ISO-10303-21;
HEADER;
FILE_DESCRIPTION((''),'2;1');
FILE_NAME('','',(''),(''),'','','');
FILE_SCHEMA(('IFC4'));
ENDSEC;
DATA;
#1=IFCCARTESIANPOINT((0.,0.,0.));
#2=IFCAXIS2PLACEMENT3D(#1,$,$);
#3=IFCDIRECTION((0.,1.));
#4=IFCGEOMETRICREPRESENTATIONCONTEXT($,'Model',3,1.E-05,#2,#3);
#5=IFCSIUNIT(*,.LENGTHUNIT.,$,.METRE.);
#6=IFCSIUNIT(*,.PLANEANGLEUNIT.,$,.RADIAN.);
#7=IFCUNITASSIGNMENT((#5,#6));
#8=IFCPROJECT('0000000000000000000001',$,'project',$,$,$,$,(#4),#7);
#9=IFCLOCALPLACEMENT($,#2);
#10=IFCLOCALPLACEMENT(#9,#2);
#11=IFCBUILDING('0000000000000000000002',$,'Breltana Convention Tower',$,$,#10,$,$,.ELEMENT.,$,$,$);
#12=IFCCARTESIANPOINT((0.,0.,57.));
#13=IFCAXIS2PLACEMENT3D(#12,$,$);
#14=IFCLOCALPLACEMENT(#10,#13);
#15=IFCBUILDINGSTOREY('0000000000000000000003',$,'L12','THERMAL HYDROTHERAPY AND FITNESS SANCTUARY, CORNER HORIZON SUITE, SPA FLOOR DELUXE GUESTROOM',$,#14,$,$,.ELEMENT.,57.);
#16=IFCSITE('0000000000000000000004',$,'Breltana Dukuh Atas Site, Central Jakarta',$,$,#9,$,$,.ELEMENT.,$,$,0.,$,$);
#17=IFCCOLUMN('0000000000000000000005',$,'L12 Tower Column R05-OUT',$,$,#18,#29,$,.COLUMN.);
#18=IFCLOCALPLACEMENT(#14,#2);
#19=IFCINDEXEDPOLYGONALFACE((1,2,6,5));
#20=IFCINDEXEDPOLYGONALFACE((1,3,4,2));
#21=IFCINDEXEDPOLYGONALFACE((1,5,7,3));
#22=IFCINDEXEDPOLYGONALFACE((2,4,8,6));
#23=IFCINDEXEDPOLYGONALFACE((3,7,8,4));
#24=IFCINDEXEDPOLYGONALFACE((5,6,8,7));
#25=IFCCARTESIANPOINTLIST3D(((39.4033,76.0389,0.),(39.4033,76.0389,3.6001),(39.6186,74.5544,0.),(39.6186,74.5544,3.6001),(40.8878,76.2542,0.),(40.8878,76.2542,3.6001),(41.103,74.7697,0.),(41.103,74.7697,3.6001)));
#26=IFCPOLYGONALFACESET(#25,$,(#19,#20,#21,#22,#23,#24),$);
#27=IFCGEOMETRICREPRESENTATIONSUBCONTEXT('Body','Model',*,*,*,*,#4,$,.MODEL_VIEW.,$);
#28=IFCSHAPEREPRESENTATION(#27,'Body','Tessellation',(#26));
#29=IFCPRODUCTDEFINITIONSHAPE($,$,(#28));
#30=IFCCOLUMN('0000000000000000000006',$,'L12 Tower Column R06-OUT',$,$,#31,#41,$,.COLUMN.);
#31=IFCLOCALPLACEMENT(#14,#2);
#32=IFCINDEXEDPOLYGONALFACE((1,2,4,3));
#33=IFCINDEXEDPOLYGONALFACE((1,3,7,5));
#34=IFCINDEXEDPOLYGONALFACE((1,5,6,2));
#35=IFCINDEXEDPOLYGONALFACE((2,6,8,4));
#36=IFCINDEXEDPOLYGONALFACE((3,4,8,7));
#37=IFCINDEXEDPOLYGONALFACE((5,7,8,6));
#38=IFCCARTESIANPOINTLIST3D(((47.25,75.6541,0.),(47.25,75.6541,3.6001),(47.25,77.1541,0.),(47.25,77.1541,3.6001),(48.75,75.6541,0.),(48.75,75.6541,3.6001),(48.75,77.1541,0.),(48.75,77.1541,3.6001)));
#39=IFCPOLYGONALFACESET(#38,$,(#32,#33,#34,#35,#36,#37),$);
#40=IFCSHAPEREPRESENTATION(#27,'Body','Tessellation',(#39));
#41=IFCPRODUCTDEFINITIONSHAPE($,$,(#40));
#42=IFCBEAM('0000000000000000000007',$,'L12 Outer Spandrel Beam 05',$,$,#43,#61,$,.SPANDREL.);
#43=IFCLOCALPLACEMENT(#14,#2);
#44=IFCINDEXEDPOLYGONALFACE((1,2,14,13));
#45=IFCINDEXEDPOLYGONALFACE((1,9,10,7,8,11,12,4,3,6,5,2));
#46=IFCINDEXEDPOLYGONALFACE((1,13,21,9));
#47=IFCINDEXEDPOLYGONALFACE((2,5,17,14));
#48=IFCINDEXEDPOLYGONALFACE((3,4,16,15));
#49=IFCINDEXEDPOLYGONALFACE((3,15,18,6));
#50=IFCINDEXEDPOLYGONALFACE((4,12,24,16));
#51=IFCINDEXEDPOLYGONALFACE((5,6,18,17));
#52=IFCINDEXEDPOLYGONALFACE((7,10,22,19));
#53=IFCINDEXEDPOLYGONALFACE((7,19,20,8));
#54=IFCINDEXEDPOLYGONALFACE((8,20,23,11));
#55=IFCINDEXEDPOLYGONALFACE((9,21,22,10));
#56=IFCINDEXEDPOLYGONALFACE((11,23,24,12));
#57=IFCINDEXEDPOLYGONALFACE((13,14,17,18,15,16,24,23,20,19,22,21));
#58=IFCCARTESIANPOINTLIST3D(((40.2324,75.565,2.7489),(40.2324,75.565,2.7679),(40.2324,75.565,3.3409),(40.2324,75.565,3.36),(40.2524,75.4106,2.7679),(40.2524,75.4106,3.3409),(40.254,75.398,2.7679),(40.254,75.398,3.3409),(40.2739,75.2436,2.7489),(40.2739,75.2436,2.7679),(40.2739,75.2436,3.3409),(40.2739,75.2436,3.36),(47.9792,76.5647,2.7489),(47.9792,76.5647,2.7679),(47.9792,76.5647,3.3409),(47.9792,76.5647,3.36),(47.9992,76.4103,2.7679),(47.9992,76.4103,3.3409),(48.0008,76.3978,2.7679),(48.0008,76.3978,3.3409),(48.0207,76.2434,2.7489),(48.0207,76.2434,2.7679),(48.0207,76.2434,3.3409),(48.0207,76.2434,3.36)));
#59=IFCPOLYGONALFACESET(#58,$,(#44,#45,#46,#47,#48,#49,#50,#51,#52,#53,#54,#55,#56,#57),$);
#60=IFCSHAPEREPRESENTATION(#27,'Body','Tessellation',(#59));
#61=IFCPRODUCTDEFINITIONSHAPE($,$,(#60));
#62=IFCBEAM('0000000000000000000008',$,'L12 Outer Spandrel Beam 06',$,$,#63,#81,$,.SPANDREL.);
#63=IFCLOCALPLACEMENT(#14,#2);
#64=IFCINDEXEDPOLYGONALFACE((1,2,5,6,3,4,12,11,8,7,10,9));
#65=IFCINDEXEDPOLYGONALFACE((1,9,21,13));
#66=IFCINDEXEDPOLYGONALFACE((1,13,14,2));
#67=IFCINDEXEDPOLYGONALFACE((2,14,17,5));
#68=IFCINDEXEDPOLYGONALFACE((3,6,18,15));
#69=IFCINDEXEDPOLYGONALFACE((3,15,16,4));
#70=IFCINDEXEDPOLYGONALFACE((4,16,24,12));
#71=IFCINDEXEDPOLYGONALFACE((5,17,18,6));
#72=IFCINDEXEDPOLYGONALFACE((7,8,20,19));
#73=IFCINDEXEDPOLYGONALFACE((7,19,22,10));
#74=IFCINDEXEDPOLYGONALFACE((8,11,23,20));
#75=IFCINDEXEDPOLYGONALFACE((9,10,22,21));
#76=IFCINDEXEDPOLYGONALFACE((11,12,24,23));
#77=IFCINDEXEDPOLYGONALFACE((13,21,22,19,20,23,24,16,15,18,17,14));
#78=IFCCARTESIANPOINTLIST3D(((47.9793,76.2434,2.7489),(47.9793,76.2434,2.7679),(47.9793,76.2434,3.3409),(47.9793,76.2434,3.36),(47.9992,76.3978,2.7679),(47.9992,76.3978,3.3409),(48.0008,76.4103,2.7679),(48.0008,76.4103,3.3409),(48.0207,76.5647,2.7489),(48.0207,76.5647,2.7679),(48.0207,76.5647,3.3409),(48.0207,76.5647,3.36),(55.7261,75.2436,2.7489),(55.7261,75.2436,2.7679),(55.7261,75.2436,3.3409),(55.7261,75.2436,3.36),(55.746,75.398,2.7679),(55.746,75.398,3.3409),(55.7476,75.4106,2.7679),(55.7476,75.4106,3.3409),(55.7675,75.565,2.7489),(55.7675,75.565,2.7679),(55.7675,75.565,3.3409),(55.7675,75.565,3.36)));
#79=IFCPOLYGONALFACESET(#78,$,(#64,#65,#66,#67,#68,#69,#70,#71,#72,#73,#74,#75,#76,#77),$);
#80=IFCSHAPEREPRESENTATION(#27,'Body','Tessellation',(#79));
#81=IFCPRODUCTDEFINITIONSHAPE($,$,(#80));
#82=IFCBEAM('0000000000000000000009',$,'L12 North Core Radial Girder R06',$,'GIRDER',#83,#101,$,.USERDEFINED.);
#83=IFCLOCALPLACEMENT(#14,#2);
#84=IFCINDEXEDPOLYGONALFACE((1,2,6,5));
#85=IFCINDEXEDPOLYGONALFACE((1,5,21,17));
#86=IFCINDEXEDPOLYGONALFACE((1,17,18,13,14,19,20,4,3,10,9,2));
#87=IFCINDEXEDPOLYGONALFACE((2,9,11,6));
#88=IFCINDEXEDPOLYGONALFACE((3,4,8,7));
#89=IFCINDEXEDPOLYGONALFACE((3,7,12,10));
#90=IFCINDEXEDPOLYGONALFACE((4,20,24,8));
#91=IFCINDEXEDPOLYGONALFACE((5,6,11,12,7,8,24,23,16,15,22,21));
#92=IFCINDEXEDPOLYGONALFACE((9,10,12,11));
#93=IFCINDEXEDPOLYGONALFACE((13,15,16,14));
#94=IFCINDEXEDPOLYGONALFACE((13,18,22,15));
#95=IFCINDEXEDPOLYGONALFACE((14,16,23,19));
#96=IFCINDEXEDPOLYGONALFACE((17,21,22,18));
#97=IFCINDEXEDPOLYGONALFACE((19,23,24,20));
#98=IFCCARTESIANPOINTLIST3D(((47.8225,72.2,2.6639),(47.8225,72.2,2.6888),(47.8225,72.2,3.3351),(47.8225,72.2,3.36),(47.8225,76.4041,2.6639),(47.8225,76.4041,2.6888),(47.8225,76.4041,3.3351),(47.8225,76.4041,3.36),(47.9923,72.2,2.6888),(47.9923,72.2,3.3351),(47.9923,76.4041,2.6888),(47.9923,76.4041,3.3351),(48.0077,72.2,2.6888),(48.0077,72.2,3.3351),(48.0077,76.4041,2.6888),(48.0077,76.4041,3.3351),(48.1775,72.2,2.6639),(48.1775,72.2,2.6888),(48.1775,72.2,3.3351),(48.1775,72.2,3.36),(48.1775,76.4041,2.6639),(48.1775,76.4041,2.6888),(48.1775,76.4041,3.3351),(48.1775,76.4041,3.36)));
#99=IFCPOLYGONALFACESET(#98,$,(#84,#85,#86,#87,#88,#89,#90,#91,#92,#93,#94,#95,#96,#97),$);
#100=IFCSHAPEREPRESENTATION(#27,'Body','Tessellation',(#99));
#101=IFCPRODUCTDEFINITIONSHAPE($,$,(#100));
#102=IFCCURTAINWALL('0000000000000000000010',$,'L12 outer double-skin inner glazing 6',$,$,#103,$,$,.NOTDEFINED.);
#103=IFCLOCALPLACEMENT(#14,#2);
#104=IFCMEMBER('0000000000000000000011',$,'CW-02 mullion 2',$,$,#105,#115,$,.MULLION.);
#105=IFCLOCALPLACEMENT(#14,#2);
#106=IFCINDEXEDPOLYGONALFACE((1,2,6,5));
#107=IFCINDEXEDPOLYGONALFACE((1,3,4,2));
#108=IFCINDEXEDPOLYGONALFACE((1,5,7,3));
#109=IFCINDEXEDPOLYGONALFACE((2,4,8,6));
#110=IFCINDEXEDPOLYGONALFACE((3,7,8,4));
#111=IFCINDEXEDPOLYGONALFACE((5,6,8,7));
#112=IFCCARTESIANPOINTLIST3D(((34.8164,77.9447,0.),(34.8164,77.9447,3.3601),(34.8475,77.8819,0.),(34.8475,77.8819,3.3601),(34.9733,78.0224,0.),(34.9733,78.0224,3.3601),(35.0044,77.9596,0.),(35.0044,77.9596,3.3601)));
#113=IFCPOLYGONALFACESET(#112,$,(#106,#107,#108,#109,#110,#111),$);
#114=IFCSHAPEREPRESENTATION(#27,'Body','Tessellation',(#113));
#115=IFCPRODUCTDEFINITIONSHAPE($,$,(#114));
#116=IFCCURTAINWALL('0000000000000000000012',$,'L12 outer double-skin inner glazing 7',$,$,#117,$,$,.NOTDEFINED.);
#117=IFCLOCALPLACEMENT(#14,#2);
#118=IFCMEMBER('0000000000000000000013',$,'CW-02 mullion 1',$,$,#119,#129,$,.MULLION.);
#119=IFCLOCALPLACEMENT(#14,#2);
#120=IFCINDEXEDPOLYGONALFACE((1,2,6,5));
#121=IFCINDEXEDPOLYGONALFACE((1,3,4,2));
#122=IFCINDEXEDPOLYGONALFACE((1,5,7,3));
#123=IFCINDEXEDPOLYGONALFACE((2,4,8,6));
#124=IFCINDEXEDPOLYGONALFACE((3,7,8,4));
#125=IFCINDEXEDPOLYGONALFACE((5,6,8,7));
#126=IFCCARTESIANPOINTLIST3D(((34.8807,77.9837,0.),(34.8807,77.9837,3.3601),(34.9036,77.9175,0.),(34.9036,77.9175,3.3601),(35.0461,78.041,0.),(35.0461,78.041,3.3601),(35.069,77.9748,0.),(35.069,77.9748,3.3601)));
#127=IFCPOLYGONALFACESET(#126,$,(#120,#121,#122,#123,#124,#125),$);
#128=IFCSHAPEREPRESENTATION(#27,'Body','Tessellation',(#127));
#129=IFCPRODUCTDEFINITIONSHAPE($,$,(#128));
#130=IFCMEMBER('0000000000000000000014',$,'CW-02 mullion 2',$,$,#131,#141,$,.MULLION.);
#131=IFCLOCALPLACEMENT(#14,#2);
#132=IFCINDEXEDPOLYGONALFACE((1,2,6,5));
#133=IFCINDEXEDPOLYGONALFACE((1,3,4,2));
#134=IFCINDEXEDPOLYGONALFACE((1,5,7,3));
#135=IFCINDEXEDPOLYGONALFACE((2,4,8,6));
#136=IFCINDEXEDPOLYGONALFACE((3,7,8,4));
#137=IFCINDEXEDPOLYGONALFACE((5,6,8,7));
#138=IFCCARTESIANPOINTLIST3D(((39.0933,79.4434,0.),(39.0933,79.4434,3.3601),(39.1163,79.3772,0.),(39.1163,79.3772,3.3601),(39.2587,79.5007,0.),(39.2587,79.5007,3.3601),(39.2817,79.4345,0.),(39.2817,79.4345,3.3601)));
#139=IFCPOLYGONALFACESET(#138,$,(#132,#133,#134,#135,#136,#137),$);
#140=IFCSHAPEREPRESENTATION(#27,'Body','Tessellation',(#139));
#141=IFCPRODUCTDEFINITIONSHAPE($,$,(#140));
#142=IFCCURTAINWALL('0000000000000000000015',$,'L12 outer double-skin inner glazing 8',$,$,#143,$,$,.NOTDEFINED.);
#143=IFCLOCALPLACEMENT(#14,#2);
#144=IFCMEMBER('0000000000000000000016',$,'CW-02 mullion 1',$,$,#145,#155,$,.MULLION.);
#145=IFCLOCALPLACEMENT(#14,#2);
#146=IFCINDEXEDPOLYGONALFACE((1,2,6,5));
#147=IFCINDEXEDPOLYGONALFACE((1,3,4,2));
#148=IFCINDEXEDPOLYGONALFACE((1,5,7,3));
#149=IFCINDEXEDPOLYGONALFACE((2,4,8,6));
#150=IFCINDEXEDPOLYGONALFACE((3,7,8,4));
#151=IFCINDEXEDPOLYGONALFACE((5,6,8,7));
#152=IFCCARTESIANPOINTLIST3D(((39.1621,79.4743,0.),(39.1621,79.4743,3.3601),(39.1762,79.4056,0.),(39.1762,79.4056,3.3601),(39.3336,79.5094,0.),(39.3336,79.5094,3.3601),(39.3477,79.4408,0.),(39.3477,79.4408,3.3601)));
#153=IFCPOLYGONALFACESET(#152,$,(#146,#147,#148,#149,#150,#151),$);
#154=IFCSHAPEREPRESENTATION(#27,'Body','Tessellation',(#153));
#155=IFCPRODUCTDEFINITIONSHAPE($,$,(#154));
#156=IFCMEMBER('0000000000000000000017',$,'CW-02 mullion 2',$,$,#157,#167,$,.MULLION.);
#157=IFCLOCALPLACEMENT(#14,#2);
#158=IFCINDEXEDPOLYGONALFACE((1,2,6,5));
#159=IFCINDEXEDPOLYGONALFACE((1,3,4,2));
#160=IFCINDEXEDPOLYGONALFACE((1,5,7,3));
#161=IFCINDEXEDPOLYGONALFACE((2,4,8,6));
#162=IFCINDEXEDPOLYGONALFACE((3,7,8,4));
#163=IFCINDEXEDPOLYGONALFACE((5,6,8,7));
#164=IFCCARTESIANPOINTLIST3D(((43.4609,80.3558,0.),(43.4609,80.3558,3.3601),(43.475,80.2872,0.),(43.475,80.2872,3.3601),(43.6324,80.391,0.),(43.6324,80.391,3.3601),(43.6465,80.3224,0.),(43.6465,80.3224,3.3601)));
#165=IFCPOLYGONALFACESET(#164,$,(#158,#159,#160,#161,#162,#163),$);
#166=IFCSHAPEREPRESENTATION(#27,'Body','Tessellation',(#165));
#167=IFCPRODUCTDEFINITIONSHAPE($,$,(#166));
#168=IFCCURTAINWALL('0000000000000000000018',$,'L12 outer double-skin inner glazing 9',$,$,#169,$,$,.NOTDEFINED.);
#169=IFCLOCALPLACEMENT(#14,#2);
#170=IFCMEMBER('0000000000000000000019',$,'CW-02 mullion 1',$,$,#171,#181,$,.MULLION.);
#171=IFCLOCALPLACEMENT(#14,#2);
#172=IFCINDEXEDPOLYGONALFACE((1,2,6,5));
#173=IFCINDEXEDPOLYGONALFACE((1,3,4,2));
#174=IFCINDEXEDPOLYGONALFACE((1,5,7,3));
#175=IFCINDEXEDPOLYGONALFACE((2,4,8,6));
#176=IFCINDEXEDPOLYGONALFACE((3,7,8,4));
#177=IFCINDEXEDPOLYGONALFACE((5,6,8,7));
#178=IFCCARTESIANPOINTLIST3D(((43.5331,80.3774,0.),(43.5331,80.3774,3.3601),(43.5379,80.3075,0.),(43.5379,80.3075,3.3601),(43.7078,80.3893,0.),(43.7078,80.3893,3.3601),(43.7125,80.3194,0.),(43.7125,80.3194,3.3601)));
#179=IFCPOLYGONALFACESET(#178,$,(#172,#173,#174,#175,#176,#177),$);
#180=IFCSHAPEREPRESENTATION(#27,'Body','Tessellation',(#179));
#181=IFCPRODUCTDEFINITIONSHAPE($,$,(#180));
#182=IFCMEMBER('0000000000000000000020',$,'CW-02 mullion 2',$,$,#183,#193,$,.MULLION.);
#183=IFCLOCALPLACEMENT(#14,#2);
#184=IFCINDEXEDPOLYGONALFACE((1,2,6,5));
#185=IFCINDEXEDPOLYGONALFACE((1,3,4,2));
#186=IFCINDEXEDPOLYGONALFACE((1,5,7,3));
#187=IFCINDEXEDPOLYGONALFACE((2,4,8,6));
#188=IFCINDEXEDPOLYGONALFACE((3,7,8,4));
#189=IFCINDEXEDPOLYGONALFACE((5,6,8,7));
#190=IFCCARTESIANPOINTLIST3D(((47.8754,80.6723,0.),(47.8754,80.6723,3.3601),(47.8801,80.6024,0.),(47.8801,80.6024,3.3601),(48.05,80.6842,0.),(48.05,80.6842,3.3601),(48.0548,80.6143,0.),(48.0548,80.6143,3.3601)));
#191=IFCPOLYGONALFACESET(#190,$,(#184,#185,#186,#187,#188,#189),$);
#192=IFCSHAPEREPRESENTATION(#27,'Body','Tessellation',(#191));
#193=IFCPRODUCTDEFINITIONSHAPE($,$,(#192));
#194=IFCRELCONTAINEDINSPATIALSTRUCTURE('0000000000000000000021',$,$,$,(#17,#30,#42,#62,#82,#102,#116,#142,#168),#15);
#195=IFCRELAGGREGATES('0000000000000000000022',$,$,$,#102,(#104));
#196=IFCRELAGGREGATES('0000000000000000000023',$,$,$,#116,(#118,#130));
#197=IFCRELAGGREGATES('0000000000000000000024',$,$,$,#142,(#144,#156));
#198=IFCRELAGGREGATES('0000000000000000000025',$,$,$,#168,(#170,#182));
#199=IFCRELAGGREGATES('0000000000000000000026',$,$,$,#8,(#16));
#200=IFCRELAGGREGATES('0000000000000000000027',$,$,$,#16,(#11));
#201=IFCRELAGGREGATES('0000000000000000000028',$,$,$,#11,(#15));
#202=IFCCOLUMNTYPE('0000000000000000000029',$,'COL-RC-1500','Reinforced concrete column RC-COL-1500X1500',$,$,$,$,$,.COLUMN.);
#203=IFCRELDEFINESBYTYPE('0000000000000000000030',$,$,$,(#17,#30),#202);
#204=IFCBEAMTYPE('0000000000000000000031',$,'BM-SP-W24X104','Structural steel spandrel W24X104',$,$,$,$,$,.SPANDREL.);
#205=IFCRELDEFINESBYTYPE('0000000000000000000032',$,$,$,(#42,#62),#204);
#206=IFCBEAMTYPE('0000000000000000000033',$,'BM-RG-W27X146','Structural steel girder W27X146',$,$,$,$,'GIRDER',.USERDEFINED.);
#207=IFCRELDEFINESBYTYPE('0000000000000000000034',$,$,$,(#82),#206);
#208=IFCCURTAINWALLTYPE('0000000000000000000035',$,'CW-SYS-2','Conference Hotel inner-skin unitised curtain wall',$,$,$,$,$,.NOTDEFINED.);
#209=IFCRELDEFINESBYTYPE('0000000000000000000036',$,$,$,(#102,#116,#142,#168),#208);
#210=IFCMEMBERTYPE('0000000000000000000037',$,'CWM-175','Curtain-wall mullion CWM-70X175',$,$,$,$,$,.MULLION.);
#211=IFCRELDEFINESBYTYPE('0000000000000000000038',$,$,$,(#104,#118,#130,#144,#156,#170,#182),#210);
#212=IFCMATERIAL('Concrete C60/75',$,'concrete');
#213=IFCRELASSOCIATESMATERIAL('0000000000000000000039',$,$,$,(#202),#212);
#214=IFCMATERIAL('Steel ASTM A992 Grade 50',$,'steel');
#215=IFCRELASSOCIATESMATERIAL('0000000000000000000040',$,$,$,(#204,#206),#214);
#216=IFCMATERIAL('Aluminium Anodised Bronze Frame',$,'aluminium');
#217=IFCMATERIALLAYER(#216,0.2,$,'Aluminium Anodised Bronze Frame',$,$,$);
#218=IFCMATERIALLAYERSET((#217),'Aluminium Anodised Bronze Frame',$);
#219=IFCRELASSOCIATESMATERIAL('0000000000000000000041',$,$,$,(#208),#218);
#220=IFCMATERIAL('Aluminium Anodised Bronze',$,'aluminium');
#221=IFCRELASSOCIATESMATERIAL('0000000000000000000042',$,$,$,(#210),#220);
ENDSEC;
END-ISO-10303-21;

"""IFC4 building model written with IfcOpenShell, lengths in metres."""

from ifc_helpers import new_model, si_unit, direction, frame, origin, origin_2d, place, context, subcontext, project, spatial, rectangle, i_section, extrude, source, transform, mapped, material, layer, layer_set, material_profile, profile_set, type_object, type_shapes, element, aggregate, save


model = new_model("IFC4")

# Units and contexts
model_context = context("Model", 3, precision=1e-05, world=origin(), true_north=direction((0.0, 1.0)))
body_context = subcontext(model_context, "Body", "Model", "MODEL_VIEW")
ifc_project = project(units=[si_unit("LENGTHUNIT", "METRE"), si_unit("PLANEANGLEUNIT", "RADIAN")], contexts=[model_context])

# Site, building, storey
site_placement = place(None, origin())
site = spatial("IfcSite", under=ifc_project, at=site_placement, Name="Breltana Dukuh Atas Site, Central Jakarta", CompositionType="ELEMENT", RefElevation=0.0)
building_placement = place(site_placement, origin())
building = spatial("IfcBuilding", under=site, at=building_placement, Name="Breltana Convention Tower", CompositionType="ELEMENT")
storey_placement = place(building_placement, frame((0.0, 0.0, 57.0)))
storey = spatial("IfcBuildingStorey", under=building, at=storey_placement, Name="L12", Description="THERMAL HYDROTHERAPY AND FITNESS SANCTUARY, CORNER HORIZON SUITE, SPA FLOOR DELUXE GUESTROOM", CompositionType="ELEMENT", Elevation=57.0)

# Columns
ifc_material_1 = material(Name="Concrete C60/75", Category="concrete")
ifc_material_profile_1 = material_profile(ifc_material_1, rectangle(XDim=1.5, YDim=1.5, at=origin_2d()), Name="RC-COL-1500X1500")
ifc_profile_set_1 = profile_set([ifc_material_profile_1], Name="Concrete C60/75")
column_type = type_object("IfcColumnType", Name="COL-RC-1500", Description="Reinforced concrete column RC-COL-1500X1500", PredefinedType="COLUMN", material=ifc_profile_set_1)
shared_shape_1 = source(origin(), body_context, "Body", "SweptSolid", [
    extrude(rectangle(XDim=1.5, YDim=1.5, at=origin_2d()), origin(), (0.0, 0.0, 1.0), 3.6001),
])
for number, where, z_axis, x_axis, name in (
    (1, (40.2532, 75.4043, 0.0), (0.0, 0.0, 1.0), (-0.143493, 0.989651, 0.0), "L12 Tower Column R05-OUT"),
    (2, (48.0, 76.4041, 0.0), (0.0, 0.0, 1.0), (0.0, 1.0, 0.0), "L12 Tower Column R06-OUT"),
):
    element("IfcColumn", number, at=place(storey_placement, frame(where, z_axis=z_axis, x_axis=x_axis)), inside=storey, type_object=column_type, Name=name, PredefinedType="COLUMN", context=body_context, shape_type="MappedRepresentation", body=[
        mapped(shared_shape_1, transform((0.0, 0.0, 0.0), scale=1.0)),
    ])

# Beams
ifc_material_2 = material(Name="Steel ASTM A992 Grade 50", Category="steel")
ifc_material_profile_2 = material_profile(ifc_material_2, i_section(OverallWidth=0.324, OverallDepth=0.6111, WebThickness=0.0127, FlangeThickness=0.019, at=origin_2d()), Name="W24X104")
ifc_profile_set_2 = profile_set([ifc_material_profile_2], Name="Steel ASTM A992 Grade 50")
beam_type_1 = type_object("IfcBeamType", Name="BM-SP-W24X104", Description="Structural steel spandrel W24X104", PredefinedType="SPANDREL", material=ifc_profile_set_2)
shared_shape_2 = source(origin(), body_context, "Body", "SweptSolid", [
    extrude(i_section(OverallWidth=0.324, OverallDepth=0.6111, WebThickness=0.0127, FlangeThickness=0.019, at=origin_2d()), origin(), (0.0, 0.0, 1.0), 7.811),
])
for number, where, z_axis, x_axis, name in (
    (3, (40.2532, 75.4043, 3.0544), (0.991775, 0.127992, 0.0), (-0.127992, 0.991775, 0.0), "L12 Outer Spandrel Beam 05"),
    (4, (48.0, 76.4041, 3.0544), (0.991775, -0.127992, 0.0), (0.127992, 0.991775, 0.0), "L12 Outer Spandrel Beam 06"),
):
    element("IfcBeam", number, at=place(storey_placement, frame(where, z_axis=z_axis, x_axis=x_axis)), inside=storey, type_object=beam_type_1, Name=name, PredefinedType="SPANDREL", context=body_context, shape_type="MappedRepresentation", body=[
        mapped(shared_shape_2, transform((0.0, 0.0, 0.0), scale=1.0)),
    ])
ifc_material_profile_3 = material_profile(ifc_material_2, i_section(OverallWidth=0.355, OverallDepth=0.696, WebThickness=0.0154, FlangeThickness=0.0249, at=origin_2d()), Name="W27X146")
ifc_profile_set_3 = profile_set([ifc_material_profile_3], Name="Steel ASTM A992 Grade 50")
beam_type_2 = type_object("IfcBeamType", Name="BM-RG-W27X146", Description="Structural steel girder W27X146", ElementType="GIRDER", PredefinedType="USERDEFINED", material=ifc_profile_set_3)
shared_shape_3 = source(origin(), body_context, "Body", "SweptSolid", [
    extrude(i_section(OverallWidth=0.355, OverallDepth=0.696, WebThickness=0.0154, FlangeThickness=0.0249, at=origin_2d()), origin(), (0.0, 0.0, 1.0), 4.2041),
])
beam_placement = place(storey_placement, frame((48.0, 72.2, 3.012), z_axis=(0.0, 1.0, 0.0), x_axis=(-1.0, 0.0, 0.0)))
element("IfcBeam", 5, at=beam_placement, inside=storey, type_object=beam_type_2, Name="L12 North Core Radial Girder R06", ObjectType="GIRDER", PredefinedType="USERDEFINED", context=body_context, shape_type="MappedRepresentation", body=[
    mapped(shared_shape_3, transform((0.0, 0.0, 0.0), scale=1.0)),
])

# Curtain wall, member
ifc_material_3 = material(Name="Aluminium Anodised Bronze Frame", Category="aluminium")
ifc_layer_1 = layer(ifc_material_3, 0.2, Name="Aluminium Anodised Bronze Frame")
ifc_layer_set_1 = layer_set([ifc_layer_1], Name="Aluminium Anodised Bronze Frame")
curtain_wall_type = type_object("IfcCurtainWallType", Name="CW-SYS-2", Description="Conference Hotel inner-skin unitised curtain wall", PredefinedType="NOTDEFINED", material=ifc_layer_set_1)
curtain_wall_1_placement = place(storey_placement, origin())
curtain_wall_1 = element("IfcCurtainWall", 6, at=curtain_wall_1_placement, inside=storey, type_object=curtain_wall_type, Name="L12 outer double-skin inner glazing 6", PredefinedType="NOTDEFINED")
ifc_material_4 = material(Name="Aluminium Anodised Bronze", Category="aluminium")
ifc_material_profile_4 = material_profile(ifc_material_4, rectangle(XDim=0.0701, YDim=0.175, at=origin_2d()), Name="CWM-70X175")
ifc_profile_set_4 = profile_set([ifc_material_profile_4], Name="Aluminium Anodised Bronze")
member_type_1 = type_object("IfcMemberType", Name="CWM-175", Description="Curtain-wall mullion CWM-70X175", PredefinedType="MULLION", material=ifc_profile_set_4)
shared_shape_4 = source(origin(), body_context, "Body", "SweptSolid", [
    extrude(rectangle(XDim=0.0701, YDim=0.175, at=origin_2d()), origin(), (0.0, 0.0, 1.0), 3.3601),
])
type_shapes(member_type_1, [shared_shape_4])
member_1_placement = place(storey_placement, frame((34.9104, 77.9521, 0.0), z_axis=(0.0, 0.0, 1.0), x_axis=(-0.444108, 0.895973, 0.0)))
member_1 = element("IfcMember", 7, at=member_1_placement, type_object=member_type_1, Name="CW-02 mullion 2", PredefinedType="MULLION", context=body_context, shape_type="MappedRepresentation", body=[
    mapped(shared_shape_4, transform((0.0, 0.0, 0.0), scale=1.0)),
])
aggregate(curtain_wall_1, [member_1])

# Curtain walls, members
curtain_wall_2_placement = place(storey_placement, origin())
curtain_wall_2 = element("IfcCurtainWall", 8, at=curtain_wall_2_placement, inside=storey, type_object=curtain_wall_type, Name="L12 outer double-skin inner glazing 7", PredefinedType="NOTDEFINED")
member_2_placement = place(storey_placement, frame((34.9749, 77.9792, 0.0), z_axis=(0.0, 0.0, 1.0), x_axis=(-0.327428, 0.944876, 0.0)))
member_2 = element("IfcMember", 9, at=member_2_placement, type_object=member_type_1, Name="CW-02 mullion 1", PredefinedType="MULLION", context=body_context, shape_type="MappedRepresentation", body=[
    mapped(shared_shape_4, transform((0.0, 0.0, 0.0), scale=1.0)),
])
member_3_placement = place(storey_placement, frame((39.1875, 79.439, 0.0), z_axis=(0.0, 0.0, 1.0), x_axis=(-0.327428, 0.944876, 0.0)))
member_3 = element("IfcMember", 10, at=member_3_placement, type_object=member_type_1, Name="CW-02 mullion 2", PredefinedType="MULLION", context=body_context, shape_type="MappedRepresentation", body=[
    mapped(shared_shape_4, transform((0.0, 0.0, 0.0), scale=1.0)),
])
curtain_wall_3_placement = place(storey_placement, origin())
curtain_wall_3 = element("IfcCurtainWall", 11, at=curtain_wall_3_placement, inside=storey, type_object=curtain_wall_type, Name="L12 outer double-skin inner glazing 8", PredefinedType="NOTDEFINED")
member_4_placement = place(storey_placement, frame((39.2549, 79.4575, 0.0), z_axis=(0.0, 0.0, 1.0), x_axis=(-0.200885, 0.979615, 0.0)))
member_4 = element("IfcMember", 12, at=member_4_placement, type_object=member_type_1, Name="CW-02 mullion 1", PredefinedType="MULLION", context=body_context, shape_type="MappedRepresentation", body=[
    mapped(shared_shape_4, transform((0.0, 0.0, 0.0), scale=1.0)),
])
member_5_placement = place(storey_placement, frame((43.5537, 80.3391, 0.0), z_axis=(0.0, 0.0, 1.0), x_axis=(-0.200885, 0.979615, 0.0)))
member_5 = element("IfcMember", 13, at=member_5_placement, type_object=member_type_1, Name="CW-02 mullion 2", PredefinedType="MULLION", context=body_context, shape_type="MappedRepresentation", body=[
    mapped(shared_shape_4, transform((0.0, 0.0, 0.0), scale=1.0)),
])
curtain_wall_4_placement = place(storey_placement, origin())
curtain_wall_4 = element("IfcCurtainWall", 14, at=curtain_wall_4_placement, inside=storey, type_object=curtain_wall_type, Name="L12 outer double-skin inner glazing 9", PredefinedType="NOTDEFINED")
member_6_placement = place(storey_placement, frame((43.6228, 80.3484, 0.0), z_axis=(0.0, 0.0, 1.0), x_axis=(-0.067726, 0.997704, 0.0)))
member_6 = element("IfcMember", 15, at=member_6_placement, type_object=member_type_1, Name="CW-02 mullion 1", PredefinedType="MULLION", context=body_context, shape_type="MappedRepresentation", body=[
    mapped(shared_shape_4, transform((0.0, 0.0, 0.0), scale=1.0)),
])
member_7_placement = place(storey_placement, frame((47.9651, 80.6433, 0.0), z_axis=(0.0, 0.0, 1.0), x_axis=(-0.067726, 0.997704, 0.0)))
member_7 = element("IfcMember", 16, at=member_7_placement, type_object=member_type_1, Name="CW-02 mullion 2", PredefinedType="MULLION", context=body_context, shape_type="MappedRepresentation", body=[
    mapped(shared_shape_4, transform((0.0, 0.0, 0.0), scale=1.0)),
])

aggregate(curtain_wall_2, [member_2, member_3])
aggregate(curtain_wall_3, [member_4, member_5])
aggregate(curtain_wall_4, [member_6, member_7])

save(model, "model.ifc")
